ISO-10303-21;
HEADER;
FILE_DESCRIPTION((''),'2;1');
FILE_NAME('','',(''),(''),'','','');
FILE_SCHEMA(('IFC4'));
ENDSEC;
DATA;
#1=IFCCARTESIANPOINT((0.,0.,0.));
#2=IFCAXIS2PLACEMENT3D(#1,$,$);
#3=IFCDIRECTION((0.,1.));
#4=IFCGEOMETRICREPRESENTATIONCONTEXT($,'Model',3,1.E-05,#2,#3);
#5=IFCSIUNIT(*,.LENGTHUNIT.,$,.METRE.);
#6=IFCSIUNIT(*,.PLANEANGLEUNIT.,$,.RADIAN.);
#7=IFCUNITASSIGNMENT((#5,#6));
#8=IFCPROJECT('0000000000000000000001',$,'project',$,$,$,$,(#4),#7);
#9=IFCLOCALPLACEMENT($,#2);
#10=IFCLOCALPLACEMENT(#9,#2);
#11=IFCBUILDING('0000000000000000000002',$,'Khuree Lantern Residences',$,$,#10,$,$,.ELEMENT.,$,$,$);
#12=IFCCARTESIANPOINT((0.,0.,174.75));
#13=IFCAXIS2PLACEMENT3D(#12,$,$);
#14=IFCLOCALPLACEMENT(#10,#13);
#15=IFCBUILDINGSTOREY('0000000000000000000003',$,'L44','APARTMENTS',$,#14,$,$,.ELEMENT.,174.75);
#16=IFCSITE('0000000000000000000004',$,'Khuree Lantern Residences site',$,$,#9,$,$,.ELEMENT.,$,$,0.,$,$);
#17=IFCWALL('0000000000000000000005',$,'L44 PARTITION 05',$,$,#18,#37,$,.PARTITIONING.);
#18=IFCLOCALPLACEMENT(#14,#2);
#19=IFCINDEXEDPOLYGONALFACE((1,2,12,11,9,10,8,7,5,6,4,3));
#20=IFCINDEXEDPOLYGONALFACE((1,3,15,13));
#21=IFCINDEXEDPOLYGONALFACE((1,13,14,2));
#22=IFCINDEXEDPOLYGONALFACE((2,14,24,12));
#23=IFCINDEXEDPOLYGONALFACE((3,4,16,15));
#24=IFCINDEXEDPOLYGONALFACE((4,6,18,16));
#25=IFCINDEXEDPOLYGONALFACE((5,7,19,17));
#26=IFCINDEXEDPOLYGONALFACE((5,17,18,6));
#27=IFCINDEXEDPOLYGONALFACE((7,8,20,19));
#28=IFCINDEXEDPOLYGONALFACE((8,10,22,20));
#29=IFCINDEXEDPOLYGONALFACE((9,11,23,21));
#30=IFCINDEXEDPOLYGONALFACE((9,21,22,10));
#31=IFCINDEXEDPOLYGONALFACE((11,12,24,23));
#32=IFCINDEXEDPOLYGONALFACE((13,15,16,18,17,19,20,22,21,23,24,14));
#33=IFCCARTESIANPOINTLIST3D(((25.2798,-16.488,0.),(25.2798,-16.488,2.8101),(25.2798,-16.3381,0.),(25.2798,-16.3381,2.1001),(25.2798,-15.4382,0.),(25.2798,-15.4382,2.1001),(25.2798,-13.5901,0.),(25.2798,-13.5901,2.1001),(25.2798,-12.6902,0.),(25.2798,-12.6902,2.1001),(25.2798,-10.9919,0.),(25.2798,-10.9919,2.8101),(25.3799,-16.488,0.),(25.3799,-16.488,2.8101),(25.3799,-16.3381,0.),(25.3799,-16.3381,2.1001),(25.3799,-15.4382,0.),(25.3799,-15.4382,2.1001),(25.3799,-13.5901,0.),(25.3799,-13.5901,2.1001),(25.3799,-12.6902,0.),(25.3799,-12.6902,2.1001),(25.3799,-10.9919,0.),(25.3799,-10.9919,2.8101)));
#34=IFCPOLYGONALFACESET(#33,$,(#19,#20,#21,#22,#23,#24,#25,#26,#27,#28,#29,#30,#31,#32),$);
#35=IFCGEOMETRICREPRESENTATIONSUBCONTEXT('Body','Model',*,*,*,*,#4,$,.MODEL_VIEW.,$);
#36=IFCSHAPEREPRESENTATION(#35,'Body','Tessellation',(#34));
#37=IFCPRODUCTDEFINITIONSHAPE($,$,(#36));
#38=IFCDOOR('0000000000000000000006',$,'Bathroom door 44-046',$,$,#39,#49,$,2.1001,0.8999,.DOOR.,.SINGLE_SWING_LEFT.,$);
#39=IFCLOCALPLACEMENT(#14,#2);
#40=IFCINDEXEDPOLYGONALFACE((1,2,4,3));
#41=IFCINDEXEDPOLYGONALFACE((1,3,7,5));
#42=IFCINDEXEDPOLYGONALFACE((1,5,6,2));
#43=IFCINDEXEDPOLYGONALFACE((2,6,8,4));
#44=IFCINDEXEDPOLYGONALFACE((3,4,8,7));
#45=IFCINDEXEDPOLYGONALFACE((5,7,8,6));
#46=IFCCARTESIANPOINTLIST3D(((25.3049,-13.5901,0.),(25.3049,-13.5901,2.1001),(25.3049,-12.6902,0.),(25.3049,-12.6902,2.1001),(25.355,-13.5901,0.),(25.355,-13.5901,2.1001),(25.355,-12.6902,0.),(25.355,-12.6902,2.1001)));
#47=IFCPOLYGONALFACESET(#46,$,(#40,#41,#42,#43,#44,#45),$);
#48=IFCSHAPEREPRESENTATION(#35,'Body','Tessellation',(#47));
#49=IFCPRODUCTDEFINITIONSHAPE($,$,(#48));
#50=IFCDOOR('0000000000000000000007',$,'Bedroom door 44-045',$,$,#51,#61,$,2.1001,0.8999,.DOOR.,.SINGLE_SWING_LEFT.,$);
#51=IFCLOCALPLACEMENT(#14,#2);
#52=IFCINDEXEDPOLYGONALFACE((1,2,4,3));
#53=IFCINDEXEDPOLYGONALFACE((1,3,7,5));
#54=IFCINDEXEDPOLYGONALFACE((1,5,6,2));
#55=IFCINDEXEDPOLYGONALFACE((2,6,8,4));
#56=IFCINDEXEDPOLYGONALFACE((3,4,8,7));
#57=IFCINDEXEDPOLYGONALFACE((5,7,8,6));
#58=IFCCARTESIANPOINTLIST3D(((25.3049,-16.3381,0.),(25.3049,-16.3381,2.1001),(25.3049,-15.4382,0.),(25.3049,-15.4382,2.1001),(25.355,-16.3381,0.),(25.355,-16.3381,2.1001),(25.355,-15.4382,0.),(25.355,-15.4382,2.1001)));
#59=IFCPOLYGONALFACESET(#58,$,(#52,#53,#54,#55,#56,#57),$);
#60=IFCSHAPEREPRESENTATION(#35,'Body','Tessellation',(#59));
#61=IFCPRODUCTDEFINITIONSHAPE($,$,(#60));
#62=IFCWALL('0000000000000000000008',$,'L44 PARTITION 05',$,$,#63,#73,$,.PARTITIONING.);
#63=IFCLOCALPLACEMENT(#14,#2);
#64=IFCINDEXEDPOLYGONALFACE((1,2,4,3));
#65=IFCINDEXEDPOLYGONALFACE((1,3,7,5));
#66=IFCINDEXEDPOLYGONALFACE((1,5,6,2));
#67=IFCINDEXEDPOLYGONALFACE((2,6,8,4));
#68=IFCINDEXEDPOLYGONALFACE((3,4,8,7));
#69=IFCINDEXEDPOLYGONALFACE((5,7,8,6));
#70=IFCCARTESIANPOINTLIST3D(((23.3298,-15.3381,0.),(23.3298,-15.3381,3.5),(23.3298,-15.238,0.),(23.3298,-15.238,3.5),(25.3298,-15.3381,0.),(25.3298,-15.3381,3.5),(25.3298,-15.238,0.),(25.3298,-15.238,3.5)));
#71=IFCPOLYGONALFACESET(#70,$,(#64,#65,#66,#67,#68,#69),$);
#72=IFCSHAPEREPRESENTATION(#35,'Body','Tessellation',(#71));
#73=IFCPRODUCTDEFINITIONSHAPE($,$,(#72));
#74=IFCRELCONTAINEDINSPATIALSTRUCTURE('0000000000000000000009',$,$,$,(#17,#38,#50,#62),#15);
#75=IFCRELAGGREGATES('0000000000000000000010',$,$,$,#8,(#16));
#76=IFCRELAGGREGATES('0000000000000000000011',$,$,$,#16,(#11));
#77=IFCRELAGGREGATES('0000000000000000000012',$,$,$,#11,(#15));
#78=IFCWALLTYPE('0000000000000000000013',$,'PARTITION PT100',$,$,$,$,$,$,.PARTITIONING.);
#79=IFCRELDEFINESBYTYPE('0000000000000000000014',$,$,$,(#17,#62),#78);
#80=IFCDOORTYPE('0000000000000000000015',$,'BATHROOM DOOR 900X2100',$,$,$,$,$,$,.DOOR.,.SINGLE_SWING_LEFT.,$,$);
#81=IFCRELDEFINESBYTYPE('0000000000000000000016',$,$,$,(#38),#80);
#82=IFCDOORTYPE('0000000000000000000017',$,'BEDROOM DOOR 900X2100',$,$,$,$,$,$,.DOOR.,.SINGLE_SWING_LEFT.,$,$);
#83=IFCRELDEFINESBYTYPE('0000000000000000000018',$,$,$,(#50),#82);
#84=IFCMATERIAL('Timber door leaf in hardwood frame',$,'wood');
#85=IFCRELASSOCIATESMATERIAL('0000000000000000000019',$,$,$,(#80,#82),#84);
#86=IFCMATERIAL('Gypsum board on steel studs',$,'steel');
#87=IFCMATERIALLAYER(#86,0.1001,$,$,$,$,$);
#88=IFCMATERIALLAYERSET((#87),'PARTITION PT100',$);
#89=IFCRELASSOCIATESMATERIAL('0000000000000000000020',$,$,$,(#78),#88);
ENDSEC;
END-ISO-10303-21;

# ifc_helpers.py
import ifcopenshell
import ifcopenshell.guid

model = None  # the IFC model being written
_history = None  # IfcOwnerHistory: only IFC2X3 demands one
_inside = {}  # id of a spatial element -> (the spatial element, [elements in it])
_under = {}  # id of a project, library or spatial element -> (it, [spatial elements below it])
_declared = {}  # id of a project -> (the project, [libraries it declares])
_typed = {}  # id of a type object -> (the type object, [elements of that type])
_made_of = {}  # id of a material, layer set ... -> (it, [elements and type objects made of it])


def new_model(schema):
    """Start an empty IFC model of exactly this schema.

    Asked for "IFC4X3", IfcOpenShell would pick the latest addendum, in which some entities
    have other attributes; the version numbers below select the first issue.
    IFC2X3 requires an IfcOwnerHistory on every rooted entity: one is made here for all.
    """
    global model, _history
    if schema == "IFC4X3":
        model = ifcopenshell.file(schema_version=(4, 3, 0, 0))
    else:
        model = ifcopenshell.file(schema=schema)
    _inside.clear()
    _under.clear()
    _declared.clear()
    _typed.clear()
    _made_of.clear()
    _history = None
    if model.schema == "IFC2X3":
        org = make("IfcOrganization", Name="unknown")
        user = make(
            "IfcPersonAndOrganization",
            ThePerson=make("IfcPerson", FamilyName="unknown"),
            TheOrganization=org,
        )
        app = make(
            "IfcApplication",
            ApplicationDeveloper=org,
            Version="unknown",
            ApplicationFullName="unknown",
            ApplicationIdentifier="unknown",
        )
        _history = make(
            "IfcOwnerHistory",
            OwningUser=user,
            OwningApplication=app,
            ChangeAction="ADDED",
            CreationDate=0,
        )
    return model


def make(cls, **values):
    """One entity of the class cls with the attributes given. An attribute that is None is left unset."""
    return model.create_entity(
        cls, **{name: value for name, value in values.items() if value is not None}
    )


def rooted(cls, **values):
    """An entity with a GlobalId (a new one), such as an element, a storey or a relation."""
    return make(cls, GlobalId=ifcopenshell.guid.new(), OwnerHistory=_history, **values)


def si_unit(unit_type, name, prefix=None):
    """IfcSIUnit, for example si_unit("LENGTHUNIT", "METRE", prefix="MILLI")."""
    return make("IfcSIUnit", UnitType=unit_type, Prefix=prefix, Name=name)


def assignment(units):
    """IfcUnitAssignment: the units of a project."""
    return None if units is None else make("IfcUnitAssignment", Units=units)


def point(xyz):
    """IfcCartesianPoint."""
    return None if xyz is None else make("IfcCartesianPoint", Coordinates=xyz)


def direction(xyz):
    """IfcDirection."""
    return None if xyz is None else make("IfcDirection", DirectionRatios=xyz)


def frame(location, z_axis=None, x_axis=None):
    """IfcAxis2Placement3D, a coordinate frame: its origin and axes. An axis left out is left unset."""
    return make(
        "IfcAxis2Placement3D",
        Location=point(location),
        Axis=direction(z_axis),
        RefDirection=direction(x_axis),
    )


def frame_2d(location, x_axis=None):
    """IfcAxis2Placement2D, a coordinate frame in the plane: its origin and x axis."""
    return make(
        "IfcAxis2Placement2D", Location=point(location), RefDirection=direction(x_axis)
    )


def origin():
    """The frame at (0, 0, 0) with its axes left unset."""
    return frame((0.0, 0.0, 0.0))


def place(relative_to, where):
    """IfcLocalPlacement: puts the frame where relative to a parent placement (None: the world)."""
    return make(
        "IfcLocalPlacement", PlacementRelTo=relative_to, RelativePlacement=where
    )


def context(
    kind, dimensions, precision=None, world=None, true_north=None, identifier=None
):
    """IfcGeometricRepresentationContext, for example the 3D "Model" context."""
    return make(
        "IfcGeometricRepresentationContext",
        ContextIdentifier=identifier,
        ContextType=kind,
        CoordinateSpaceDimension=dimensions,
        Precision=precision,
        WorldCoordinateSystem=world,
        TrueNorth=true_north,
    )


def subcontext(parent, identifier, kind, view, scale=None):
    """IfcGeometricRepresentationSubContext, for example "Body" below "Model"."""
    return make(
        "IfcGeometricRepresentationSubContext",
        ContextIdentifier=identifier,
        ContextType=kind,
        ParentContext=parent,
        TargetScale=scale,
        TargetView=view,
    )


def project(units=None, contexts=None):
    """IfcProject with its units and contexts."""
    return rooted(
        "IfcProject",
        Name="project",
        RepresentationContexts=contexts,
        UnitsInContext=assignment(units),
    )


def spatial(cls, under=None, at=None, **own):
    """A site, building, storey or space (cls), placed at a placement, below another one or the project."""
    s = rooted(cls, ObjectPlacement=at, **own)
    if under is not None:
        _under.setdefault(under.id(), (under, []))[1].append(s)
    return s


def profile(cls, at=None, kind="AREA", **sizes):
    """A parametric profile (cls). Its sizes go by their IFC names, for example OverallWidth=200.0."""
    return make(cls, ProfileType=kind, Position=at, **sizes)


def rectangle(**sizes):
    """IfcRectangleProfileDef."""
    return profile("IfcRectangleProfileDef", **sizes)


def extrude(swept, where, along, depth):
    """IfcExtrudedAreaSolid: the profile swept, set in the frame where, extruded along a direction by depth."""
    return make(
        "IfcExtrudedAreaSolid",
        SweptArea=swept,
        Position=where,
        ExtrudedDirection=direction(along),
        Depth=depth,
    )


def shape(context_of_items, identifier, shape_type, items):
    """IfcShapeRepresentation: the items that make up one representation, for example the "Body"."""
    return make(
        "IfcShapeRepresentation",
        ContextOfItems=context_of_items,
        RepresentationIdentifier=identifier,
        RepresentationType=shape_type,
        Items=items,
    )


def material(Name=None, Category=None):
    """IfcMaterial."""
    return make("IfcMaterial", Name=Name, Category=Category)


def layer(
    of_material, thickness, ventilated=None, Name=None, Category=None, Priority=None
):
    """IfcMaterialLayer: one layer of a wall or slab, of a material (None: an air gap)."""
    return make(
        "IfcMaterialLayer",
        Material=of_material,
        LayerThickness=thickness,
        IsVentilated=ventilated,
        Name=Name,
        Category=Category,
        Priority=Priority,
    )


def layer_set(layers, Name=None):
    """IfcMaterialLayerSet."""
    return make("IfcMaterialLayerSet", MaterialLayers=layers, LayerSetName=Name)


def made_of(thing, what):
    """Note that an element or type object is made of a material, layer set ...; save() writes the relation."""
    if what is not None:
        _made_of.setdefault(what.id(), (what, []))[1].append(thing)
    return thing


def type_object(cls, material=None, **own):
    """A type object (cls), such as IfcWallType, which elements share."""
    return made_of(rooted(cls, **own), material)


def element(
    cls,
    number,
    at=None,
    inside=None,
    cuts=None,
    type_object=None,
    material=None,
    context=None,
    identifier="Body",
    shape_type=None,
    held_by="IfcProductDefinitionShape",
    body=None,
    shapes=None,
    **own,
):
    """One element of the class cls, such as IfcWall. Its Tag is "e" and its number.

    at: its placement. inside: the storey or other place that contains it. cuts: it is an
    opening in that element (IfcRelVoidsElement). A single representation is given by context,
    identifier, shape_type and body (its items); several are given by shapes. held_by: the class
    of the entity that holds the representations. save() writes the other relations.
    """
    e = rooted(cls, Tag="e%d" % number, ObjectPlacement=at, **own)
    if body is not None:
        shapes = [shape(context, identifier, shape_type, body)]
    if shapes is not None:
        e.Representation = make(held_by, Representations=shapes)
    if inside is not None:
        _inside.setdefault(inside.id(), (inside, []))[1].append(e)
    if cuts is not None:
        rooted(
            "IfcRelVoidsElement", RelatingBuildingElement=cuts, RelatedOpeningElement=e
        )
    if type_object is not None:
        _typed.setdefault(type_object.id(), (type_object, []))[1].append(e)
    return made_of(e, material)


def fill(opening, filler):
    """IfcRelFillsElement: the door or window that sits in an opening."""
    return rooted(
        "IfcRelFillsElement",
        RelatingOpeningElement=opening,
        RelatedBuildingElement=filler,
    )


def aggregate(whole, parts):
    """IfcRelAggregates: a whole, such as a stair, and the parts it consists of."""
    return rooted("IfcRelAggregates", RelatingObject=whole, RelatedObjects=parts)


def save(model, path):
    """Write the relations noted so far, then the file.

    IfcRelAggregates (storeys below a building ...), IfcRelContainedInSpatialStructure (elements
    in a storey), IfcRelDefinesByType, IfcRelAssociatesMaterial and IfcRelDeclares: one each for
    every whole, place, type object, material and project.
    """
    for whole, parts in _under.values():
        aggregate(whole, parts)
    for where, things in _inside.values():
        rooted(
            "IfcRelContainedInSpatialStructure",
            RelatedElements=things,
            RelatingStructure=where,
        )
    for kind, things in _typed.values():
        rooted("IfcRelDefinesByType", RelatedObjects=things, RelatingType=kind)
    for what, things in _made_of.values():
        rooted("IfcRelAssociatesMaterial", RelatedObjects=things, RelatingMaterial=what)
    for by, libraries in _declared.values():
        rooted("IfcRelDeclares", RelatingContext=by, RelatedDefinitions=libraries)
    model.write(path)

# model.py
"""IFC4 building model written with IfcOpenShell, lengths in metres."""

from ifc_helpers import new_model, si_unit, direction, frame, frame_2d, origin, place, context, subcontext, project, spatial, rectangle, extrude, material, layer, layer_set, type_object, element, fill, save


model = new_model("IFC4")

# Units and contexts
model_context = context("Model", 3, precision=1e-05, world=origin(), true_north=direction((0.0, 1.0)))
body_context = subcontext(model_context, "Body", "Model", "MODEL_VIEW")
ifc_project = project(units=[si_unit("LENGTHUNIT", "METRE"), si_unit("PLANEANGLEUNIT", "RADIAN")], contexts=[model_context])

# Site, building, storey
site_placement = place(None, origin())
site = spatial("IfcSite", under=ifc_project, at=site_placement, Name="Khuree Lantern Residences site", CompositionType="ELEMENT", RefElevation=0.0)
building_placement = place(site_placement, origin())
building = spatial("IfcBuilding", under=site, at=building_placement, Name="Khuree Lantern Residences", CompositionType="ELEMENT")
storey_placement = place(building_placement, frame((0.0, 0.0, 174.75)))
storey = spatial("IfcBuildingStorey", under=building, at=storey_placement, Name="L44", Description="APARTMENTS", CompositionType="ELEMENT", Elevation=174.75)

# Shared definitions
ifc_material_1 = material(Name="Timber door leaf in hardwood frame", Category="wood")
door_type_1 = type_object("IfcDoorType", Name="BATHROOM DOOR 900X2100", OperationType="SINGLE_SWING_LEFT", PredefinedType="DOOR", material=ifc_material_1)

# Shared definitions
ifc_material_2 = material(Name="Gypsum board on steel studs", Category="steel")

# Shared definitions
ifc_layer_1 = layer(ifc_material_2, 0.1001)
ifc_layer_set_1 = layer_set([ifc_layer_1], Name="PARTITION PT100")
wall_type_1 = type_object("IfcWallType", Name="PARTITION PT100", PredefinedType="PARTITIONING", material=ifc_layer_set_1)

# Shared definitions
door_type_2 = type_object("IfcDoorType", Name="BEDROOM DOOR 900X2100", OperationType="SINGLE_SWING_LEFT", PredefinedType="DOOR", material=ifc_material_1)

# Wall, openings, doors
wall_1_placement = place(storey_placement, frame((25.3298, -16.488, 0.0), z_axis=(0.0, 0.0, 1.0), x_axis=(0.0, 1.0, 0.0)))
wall_1 = element("IfcWall", 1, at=wall_1_placement, inside=storey, type_object=wall_type_1, Name="L44 PARTITION 05", PredefinedType="PARTITIONING", context=body_context, shape_type="SweptSolid", body=[
    extrude(rectangle(XDim=5.4961, YDim=0.1001, at=frame_2d((2.748, 0.0))), origin(), (0.0, 0.0, 1.0), 2.8101),
])
opening_1_placement = place(wall_1_placement, frame((0.1499, 0.0, 0.0)))
opening_1 = element("IfcOpeningElement", 2, at=opening_1_placement, cuts=wall_1, PredefinedType="OPENING", context=body_context, shape_type="SweptSolid", body=[
    extrude(rectangle(XDim=0.8999, YDim=2.1001, at=frame_2d((0.45, 1.05))), frame((0.0, 0.0601, 0.0), z_axis=(0.0, -1.0, 0.0), x_axis=(1.0, 0.0, 0.0)), (0.0, 0.0, 1.0), 0.1201),
])
opening_2_placement = place(wall_1_placement, frame((2.8979, 0.0, 0.0)))
opening_2 = element("IfcOpeningElement", 3, at=opening_2_placement, cuts=wall_1, PredefinedType="OPENING", context=body_context, shape_type="SweptSolid", body=[
    extrude(rectangle(XDim=0.8999, YDim=2.1001, at=frame_2d((0.45, 1.05))), frame((0.0, 0.0601, 0.0), z_axis=(0.0, -1.0, 0.0), x_axis=(1.0, 0.0, 0.0)), (0.0, 0.0, 1.0), 0.1201),
])
door_1_placement = place(opening_2_placement, origin())
door_1 = element("IfcDoor", 4, at=door_1_placement, inside=storey, type_object=door_type_1, Name="Bathroom door 44-046", OperationType="SINGLE_SWING_LEFT", OverallHeight=2.1001, OverallWidth=0.8999, PredefinedType="DOOR", context=body_context, shape_type="SweptSolid", body=[
    extrude(rectangle(XDim=0.8999, YDim=2.1001, at=frame_2d((0.45, 1.05))), frame((0.0, 0.0249, 0.0), z_axis=(0.0, -1.0, 0.0), x_axis=(1.0, 0.0, 0.0)), (0.0, 0.0, 1.0), 0.05),
])
fill(opening_2, door_1)
door_2_placement = place(opening_1_placement, origin())
door_2 = element("IfcDoor", 5, at=door_2_placement, inside=storey, type_object=door_type_2, Name="Bedroom door 44-045", OperationType="SINGLE_SWING_LEFT", OverallHeight=2.1001, OverallWidth=0.8999, PredefinedType="DOOR", context=body_context, shape_type="SweptSolid", body=[
    extrude(rectangle(XDim=0.8999, YDim=2.1001, at=frame_2d((0.45, 1.05))), frame((0.0, 0.0249, 0.0), z_axis=(0.0, -1.0, 0.0), x_axis=(1.0, 0.0, 0.0)), (0.0, 0.0, 1.0), 0.05),
])
fill(opening_1, door_2)

# Wall
wall_2_placement = place(storey_placement, frame((23.3298, -15.2881, 0.0), z_axis=(0.0, 0.0, 1.0), x_axis=(1.0, 0.0, 0.0)))
element("IfcWall", 6, at=wall_2_placement, inside=storey, type_object=wall_type_1, Name="L44 PARTITION 05", PredefinedType="PARTITIONING", context=body_context, shape_type="SweptSolid", body=[
    extrude(rectangle(XDim=2.0, YDim=0.1001, at=frame_2d((1.0, 0.0))), origin(), (0.0, 0.0, 1.0), 3.5),
])

save(model, "model.ifc")
